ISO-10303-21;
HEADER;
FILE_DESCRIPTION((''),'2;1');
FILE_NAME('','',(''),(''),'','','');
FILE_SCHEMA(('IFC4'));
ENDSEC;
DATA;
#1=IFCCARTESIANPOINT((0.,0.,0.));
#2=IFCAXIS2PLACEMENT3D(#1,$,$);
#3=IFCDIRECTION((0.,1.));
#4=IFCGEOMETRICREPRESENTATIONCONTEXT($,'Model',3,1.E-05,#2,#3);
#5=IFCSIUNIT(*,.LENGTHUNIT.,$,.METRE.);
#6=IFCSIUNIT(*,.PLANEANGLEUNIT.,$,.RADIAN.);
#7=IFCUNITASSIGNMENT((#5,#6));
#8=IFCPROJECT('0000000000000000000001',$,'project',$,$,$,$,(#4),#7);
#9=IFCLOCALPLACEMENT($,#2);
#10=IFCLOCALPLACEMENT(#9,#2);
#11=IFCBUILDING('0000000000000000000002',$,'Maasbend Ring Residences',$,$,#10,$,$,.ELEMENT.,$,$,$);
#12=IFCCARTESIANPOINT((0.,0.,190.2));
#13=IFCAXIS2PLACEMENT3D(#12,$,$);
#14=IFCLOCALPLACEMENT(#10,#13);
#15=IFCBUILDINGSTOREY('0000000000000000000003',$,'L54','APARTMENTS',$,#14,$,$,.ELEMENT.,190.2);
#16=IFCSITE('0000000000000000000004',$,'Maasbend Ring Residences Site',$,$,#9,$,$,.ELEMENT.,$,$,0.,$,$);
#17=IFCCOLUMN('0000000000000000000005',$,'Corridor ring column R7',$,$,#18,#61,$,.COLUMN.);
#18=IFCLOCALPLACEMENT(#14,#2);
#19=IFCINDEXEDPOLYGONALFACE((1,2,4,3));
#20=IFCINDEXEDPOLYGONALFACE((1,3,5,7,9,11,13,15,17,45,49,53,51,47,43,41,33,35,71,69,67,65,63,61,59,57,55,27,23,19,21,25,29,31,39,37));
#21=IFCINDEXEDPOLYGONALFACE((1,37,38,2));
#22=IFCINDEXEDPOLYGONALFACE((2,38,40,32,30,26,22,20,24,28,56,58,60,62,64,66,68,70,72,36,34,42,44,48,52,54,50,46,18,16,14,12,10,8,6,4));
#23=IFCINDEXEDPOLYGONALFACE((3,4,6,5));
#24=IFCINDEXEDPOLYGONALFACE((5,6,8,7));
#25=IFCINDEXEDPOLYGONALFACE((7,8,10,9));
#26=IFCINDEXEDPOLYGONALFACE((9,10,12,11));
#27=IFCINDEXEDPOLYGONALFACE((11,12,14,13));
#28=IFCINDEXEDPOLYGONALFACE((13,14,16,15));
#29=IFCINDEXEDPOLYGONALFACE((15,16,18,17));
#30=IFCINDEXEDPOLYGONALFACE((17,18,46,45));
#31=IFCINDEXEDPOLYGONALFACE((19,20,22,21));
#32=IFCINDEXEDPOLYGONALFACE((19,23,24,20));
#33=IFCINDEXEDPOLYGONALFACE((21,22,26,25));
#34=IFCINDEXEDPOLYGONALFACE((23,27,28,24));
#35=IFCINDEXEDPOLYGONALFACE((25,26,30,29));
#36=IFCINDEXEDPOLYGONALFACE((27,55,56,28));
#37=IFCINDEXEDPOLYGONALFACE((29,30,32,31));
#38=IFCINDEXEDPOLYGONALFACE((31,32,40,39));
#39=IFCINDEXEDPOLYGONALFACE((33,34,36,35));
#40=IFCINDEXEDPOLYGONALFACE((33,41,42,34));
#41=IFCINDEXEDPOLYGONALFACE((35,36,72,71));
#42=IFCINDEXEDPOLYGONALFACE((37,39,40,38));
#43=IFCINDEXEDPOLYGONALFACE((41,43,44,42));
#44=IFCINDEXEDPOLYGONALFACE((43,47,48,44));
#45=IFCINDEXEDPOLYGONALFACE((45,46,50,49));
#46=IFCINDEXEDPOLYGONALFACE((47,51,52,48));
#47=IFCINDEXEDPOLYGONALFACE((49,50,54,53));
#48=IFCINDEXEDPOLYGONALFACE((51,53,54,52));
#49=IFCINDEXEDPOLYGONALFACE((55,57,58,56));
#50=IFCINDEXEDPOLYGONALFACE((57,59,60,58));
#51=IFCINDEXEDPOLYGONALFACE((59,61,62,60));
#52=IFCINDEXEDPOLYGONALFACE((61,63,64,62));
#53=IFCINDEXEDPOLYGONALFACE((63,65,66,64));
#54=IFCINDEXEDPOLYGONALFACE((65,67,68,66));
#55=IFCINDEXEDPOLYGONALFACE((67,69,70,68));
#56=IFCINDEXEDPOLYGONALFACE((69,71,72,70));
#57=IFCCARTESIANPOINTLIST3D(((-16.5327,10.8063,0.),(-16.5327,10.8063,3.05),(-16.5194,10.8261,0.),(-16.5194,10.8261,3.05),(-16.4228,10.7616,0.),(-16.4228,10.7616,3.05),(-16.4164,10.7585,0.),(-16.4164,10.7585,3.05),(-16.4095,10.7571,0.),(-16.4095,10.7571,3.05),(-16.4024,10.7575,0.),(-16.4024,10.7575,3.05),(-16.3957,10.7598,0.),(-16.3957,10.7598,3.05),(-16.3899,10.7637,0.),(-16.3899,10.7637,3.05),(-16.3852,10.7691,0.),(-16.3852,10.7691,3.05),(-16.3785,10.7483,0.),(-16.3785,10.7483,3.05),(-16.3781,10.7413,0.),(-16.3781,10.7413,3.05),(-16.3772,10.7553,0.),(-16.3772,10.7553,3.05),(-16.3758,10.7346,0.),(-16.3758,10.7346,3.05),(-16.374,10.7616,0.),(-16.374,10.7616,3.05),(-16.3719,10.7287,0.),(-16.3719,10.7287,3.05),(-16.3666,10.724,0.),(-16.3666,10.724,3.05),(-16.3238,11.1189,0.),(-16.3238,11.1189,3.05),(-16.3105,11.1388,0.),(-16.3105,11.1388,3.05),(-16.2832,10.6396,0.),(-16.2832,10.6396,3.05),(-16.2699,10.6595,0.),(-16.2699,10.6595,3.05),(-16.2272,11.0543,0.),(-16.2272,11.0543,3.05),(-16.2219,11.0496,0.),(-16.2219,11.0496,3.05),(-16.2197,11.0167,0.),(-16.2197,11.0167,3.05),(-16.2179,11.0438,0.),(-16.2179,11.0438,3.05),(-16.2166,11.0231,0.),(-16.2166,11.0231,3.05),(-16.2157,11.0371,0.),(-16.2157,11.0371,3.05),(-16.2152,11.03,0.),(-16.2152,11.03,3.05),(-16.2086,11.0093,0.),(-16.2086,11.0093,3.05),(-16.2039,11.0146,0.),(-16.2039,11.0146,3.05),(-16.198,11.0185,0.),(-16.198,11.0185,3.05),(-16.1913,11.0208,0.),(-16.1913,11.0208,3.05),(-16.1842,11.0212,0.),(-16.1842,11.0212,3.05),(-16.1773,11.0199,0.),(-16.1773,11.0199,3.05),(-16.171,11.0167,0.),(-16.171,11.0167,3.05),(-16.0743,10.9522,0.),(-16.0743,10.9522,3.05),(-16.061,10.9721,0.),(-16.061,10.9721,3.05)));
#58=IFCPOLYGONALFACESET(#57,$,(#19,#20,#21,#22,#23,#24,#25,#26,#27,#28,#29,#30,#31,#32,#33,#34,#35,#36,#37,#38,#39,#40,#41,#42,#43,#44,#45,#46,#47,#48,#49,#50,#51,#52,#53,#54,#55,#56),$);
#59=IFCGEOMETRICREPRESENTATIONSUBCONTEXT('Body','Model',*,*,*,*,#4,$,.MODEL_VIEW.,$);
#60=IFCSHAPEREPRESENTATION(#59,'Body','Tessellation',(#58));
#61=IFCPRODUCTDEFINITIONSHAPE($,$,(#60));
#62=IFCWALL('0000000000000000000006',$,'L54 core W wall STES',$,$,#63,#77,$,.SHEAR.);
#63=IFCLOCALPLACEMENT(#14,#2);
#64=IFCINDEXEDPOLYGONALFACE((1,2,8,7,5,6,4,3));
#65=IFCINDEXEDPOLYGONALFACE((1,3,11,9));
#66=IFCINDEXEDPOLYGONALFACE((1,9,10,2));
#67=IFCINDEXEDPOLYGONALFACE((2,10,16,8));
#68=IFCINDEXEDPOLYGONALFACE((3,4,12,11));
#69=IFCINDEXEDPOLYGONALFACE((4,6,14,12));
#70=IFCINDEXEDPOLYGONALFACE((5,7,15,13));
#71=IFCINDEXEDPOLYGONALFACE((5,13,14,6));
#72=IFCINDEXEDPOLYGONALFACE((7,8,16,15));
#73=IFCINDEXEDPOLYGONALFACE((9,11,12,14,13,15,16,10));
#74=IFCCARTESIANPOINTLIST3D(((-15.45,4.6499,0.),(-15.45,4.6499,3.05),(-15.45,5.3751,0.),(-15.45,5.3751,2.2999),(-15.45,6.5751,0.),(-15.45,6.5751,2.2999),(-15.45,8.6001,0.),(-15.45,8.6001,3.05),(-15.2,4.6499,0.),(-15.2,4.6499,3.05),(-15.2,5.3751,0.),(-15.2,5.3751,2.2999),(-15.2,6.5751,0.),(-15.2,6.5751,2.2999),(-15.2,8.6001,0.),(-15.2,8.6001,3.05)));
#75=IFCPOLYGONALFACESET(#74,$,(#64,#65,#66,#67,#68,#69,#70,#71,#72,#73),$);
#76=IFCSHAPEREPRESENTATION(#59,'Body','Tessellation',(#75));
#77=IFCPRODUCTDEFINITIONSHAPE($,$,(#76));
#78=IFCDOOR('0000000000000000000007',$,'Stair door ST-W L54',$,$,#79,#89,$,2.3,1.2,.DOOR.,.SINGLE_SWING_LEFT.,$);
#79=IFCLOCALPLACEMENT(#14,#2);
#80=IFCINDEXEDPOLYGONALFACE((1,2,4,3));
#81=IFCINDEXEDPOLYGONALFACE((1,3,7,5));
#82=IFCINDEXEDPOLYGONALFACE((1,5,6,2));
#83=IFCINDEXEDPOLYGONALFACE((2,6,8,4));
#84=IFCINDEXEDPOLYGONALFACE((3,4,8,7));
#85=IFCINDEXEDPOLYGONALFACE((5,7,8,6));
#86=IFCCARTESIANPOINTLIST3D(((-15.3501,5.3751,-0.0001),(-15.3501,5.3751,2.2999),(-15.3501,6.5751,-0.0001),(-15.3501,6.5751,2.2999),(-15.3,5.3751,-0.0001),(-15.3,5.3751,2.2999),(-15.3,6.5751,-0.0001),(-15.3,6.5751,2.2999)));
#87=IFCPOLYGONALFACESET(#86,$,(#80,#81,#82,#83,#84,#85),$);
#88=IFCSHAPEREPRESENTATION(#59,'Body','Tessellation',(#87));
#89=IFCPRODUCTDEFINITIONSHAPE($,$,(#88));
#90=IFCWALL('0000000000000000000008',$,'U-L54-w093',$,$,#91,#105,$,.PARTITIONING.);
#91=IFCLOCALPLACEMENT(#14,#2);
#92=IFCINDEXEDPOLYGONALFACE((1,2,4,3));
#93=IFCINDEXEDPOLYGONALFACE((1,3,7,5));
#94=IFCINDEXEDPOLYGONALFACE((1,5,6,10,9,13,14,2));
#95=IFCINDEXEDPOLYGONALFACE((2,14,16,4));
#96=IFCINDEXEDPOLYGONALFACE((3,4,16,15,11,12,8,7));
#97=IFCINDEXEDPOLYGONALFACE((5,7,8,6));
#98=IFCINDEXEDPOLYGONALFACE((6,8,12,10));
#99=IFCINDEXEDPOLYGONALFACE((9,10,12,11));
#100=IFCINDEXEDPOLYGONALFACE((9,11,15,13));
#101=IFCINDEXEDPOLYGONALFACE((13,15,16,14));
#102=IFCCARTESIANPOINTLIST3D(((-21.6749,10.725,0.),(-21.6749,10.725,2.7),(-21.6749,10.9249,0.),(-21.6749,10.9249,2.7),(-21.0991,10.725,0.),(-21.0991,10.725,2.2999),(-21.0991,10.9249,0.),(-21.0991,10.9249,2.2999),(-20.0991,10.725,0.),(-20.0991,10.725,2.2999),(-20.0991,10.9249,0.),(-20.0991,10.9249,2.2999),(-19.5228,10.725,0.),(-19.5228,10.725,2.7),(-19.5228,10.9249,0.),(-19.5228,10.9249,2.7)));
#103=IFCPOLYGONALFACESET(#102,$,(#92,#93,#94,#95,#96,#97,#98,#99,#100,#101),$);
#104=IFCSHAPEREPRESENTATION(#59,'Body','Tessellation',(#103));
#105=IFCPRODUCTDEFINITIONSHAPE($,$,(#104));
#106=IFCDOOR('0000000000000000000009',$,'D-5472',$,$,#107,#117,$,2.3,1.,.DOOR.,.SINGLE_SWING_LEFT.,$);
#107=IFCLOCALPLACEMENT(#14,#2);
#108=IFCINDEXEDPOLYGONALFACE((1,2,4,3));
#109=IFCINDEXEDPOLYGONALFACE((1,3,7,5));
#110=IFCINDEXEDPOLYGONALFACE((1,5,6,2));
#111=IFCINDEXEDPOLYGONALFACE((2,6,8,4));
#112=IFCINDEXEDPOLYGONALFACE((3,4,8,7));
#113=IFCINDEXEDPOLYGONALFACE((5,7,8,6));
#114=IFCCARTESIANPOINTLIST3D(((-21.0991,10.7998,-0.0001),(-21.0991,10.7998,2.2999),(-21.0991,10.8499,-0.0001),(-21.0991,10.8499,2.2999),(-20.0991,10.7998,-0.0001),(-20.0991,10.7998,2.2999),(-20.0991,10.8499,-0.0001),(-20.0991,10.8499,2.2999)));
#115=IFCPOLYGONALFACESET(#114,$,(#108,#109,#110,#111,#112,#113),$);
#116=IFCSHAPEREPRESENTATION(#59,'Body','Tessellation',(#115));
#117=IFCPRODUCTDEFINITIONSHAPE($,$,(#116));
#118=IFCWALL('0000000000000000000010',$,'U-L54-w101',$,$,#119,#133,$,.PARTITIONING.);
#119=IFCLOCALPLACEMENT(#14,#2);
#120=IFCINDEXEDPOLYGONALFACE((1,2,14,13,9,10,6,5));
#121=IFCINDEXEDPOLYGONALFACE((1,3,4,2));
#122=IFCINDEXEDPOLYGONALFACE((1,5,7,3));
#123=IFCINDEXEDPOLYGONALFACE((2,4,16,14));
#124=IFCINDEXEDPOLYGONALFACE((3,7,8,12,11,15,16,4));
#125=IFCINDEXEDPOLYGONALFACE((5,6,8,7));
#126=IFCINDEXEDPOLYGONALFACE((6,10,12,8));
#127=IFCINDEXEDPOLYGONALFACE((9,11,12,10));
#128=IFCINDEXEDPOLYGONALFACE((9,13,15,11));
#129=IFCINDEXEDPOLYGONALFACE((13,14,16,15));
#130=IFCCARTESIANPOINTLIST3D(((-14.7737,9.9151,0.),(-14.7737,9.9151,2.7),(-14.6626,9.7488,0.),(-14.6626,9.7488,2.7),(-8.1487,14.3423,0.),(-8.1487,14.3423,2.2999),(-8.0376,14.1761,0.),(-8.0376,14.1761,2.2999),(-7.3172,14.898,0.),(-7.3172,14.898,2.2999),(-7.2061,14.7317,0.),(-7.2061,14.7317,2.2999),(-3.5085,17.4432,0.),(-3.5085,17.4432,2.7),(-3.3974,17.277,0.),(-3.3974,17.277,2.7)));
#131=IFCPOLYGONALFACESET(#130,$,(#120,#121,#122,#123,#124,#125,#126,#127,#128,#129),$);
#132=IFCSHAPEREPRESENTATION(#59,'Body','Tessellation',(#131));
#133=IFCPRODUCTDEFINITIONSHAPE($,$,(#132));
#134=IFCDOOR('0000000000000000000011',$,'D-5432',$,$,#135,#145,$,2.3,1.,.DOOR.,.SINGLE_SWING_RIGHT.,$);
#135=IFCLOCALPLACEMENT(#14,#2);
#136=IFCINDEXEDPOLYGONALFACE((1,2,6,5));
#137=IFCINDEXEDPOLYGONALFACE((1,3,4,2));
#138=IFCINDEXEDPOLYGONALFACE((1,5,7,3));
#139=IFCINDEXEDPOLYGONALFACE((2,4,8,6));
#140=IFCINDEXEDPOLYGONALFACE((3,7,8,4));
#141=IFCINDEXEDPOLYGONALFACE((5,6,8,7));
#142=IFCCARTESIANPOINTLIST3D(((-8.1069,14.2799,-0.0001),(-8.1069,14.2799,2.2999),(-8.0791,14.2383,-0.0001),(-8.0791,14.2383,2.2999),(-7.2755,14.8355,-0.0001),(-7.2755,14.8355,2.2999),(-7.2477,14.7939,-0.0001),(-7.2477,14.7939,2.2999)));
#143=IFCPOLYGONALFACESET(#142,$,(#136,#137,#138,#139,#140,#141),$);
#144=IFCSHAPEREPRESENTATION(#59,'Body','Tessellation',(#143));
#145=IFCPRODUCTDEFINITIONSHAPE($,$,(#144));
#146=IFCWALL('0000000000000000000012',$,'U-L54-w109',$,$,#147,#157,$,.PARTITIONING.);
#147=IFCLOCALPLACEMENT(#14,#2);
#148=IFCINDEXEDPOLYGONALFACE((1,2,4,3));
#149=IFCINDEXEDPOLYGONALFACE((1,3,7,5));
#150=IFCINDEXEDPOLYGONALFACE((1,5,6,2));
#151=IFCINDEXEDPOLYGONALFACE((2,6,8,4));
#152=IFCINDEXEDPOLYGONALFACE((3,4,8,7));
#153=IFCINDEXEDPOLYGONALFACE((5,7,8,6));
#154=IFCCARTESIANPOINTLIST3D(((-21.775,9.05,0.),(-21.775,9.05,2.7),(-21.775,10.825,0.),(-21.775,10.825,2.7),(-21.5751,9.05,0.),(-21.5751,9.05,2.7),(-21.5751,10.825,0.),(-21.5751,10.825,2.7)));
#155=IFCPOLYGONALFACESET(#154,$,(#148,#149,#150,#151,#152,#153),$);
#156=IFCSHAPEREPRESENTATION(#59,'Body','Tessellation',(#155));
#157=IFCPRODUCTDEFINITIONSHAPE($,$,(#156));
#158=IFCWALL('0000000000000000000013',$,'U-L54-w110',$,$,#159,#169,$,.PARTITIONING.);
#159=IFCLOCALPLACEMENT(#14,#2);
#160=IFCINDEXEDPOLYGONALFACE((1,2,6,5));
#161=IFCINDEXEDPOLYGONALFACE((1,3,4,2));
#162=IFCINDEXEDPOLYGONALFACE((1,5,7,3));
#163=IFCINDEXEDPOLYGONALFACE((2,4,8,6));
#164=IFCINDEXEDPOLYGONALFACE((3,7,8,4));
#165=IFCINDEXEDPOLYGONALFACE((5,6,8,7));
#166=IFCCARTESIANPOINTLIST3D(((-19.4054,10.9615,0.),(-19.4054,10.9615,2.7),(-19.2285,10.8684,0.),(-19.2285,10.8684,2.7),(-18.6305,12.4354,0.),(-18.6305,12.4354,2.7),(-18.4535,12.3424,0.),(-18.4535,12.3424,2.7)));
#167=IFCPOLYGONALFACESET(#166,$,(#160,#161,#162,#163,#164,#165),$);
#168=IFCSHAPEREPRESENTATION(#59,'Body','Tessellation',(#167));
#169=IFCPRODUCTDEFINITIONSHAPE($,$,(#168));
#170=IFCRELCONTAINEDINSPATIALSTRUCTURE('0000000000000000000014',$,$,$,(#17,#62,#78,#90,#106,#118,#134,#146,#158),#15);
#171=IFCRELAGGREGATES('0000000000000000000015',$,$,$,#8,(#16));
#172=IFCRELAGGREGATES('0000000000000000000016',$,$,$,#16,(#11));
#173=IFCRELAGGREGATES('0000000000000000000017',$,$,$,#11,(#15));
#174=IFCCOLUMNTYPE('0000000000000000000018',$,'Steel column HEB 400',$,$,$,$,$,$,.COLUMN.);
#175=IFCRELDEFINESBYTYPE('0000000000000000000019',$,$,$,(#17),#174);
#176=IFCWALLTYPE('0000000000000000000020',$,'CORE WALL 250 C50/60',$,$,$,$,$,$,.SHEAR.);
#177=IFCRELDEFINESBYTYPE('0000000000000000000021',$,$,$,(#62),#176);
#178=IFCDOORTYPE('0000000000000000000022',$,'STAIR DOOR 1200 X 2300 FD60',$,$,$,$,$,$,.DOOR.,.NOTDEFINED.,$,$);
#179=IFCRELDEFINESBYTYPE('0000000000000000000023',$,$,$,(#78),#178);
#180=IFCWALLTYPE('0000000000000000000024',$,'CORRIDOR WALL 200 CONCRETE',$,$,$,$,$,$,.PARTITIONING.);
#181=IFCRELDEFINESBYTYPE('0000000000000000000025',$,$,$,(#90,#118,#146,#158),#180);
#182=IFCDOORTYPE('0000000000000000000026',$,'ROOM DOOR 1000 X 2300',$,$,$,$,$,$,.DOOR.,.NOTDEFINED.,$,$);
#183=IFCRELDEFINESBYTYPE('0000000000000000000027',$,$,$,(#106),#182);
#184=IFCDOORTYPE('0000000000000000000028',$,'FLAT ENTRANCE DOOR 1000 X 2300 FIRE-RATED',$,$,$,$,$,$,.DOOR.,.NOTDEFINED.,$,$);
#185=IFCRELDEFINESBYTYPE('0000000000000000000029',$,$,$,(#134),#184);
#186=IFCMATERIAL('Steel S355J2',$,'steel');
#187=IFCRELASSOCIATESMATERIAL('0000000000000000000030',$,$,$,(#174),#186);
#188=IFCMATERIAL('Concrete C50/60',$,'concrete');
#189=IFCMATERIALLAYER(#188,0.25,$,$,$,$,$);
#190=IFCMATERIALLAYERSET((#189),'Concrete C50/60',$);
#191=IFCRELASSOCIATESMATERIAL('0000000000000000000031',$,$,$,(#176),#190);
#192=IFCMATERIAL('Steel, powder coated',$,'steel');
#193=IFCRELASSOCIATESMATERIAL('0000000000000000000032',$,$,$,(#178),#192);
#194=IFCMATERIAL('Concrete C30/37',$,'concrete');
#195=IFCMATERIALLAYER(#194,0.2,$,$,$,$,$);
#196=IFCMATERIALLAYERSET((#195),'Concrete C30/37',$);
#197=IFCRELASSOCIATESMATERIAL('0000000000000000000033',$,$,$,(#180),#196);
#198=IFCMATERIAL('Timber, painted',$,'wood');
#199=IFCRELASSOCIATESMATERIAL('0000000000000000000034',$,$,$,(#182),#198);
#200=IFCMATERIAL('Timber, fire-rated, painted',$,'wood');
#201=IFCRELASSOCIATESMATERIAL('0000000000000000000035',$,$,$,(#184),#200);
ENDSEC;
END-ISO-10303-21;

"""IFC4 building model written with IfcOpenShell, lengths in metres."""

from ifc_helpers import new_model, si_unit, direction, frame, frame_2d, origin, origin_2d, place, context, subcontext, project, spatial, rectangle, i_section, extrude, material, layer, layer_set, material_profile, profile_set, type_object, element, fill, save


model = new_model("IFC4")

# Units and contexts
model_context = context("Model", 3, precision=1e-05, world=origin(), true_north=direction((0.0, 1.0)))
body_context = subcontext(model_context, "Body", "Model", "MODEL_VIEW")
ifc_project = project(units=[si_unit("LENGTHUNIT", "METRE"), si_unit("PLANEANGLEUNIT", "RADIAN")], contexts=[model_context])

# Site, building, storey
site_placement = place(None, origin())
site = spatial("IfcSite", under=ifc_project, at=site_placement, Name="Maasbend Ring Residences Site", CompositionType="ELEMENT", RefElevation=0.0)
building_placement = place(site_placement, origin())
building = spatial("IfcBuilding", under=site, at=building_placement, Name="Maasbend Ring Residences", CompositionType="ELEMENT")
storey_placement = place(building_placement, frame((0.0, 0.0, 190.2)))
storey = spatial("IfcBuildingStorey", under=building, at=storey_placement, Name="L54", Description="APARTMENTS", CompositionType="ELEMENT", Elevation=190.2)

# Column
ifc_material_1 = material(Name="Steel S355J2", Category="steel")
ifc_material_profile = material_profile(ifc_material_1, i_section(OverallWidth=0.3, OverallDepth=0.3999, WebThickness=0.0134, FlangeThickness=0.0239, FilletRadius=0.0271, at=origin_2d()), Name="HEB 400")
ifc_profile_set = profile_set([ifc_material_profile], Name="Steel S355J2")
column_type = type_object("IfcColumnType", Name="Steel column HEB 400", PredefinedType="COLUMN", material=ifc_profile_set)
column_placement = place(storey_placement, frame((-16.2969, 10.8892, 0.0), z_axis=(0.0, 0.0, 1.0), x_axis=(-0.83147, 0.55557, 0.0)))
element("IfcColumn", 1, at=column_placement, inside=storey, type_object=column_type, Name="Corridor ring column R7", PredefinedType="COLUMN", context=body_context, shape_type="SweptSolid", body=[
    extrude(i_section(OverallWidth=0.3, OverallDepth=0.3999, WebThickness=0.0134, FlangeThickness=0.0239, FilletRadius=0.0271, at=origin_2d()), origin(), (0.0, 0.0, 1.0), 3.05),
])

# Walls, openings, doors
ifc_material_2 = material(Name="Concrete C50/60", Category="concrete")
ifc_layer_1 = layer(ifc_material_2, 0.25)
ifc_layer_set_1 = layer_set([ifc_layer_1], Name="Concrete C50/60")
wall_type_1 = type_object("IfcWallType", Name="CORE WALL 250 C50/60", PredefinedType="SHEAR", material=ifc_layer_set_1)
wall_1_placement = place(storey_placement, frame((-15.325, 8.6001, 0.0), z_axis=(0.0, 0.0, 1.0), x_axis=(0.0, -1.0, 0.0)))
wall_1 = element("IfcWall", 2, at=wall_1_placement, inside=storey, type_object=wall_type_1, Name="L54 core W wall STES", PredefinedType="SHEAR", context=body_context, shape_type="SweptSolid", body=[
    extrude(rectangle(XDim=3.9502, YDim=0.25, at=frame_2d((1.9751, 0.0))), origin(), (0.0, 0.0, 1.0), 3.05),
])
opening_1_placement = place(wall_1_placement, frame((2.0249, 0.0, 0.0)))
opening_1 = element("IfcOpeningElement", 3, at=opening_1_placement, cuts=wall_1, PredefinedType="OPENING", context=body_context, shape_type="SweptSolid", body=[
    extrude(rectangle(XDim=1.2, YDim=2.3, at=frame_2d((0.6001, 1.1499))), frame((0.0, 0.135, 0.0), z_axis=(0.0, -1.0, 0.0), x_axis=(1.0, 0.0, 0.0)), (0.0, 0.0, 1.0), 0.27),
])
ifc_material_3 = material(Name="Steel, powder coated", Category="steel")
door_type_1 = type_object("IfcDoorType", Name="STAIR DOOR 1200 X 2300 FD60", OperationType="NOTDEFINED", PredefinedType="DOOR", material=ifc_material_3)
door_1_placement = place(opening_1_placement, origin())
door_1 = element("IfcDoor", 4, at=door_1_placement, inside=storey, type_object=door_type_1, Name="Stair door ST-W L54", OperationType="SINGLE_SWING_LEFT", OverallHeight=2.3, OverallWidth=1.2, PredefinedType="DOOR", context=body_context, shape_type="SweptSolid", body=[
    extrude(rectangle(XDim=1.2, YDim=2.3, at=frame_2d((0.6001, 1.1499))), frame((0.0, 0.0249, 0.0), z_axis=(0.0, -1.0, 0.0), x_axis=(1.0, 0.0, 0.0)), (0.0, 0.0, 1.0), 0.05),
])
fill(opening_1, door_1)
ifc_material_4 = material(Name="Concrete C30/37", Category="concrete")
ifc_layer_2 = layer(ifc_material_4, 0.2)
ifc_layer_set_2 = layer_set([ifc_layer_2], Name="Concrete C30/37")
wall_type_2 = type_object("IfcWallType", Name="CORRIDOR WALL 200 CONCRETE", PredefinedType="PARTITIONING", material=ifc_layer_set_2)
wall_2_placement = place(storey_placement, frame((-21.675, 10.825, 0.0), z_axis=(0.0, 0.0, 1.0), x_axis=(1.0, 0.0, 0.0)))
wall_2 = element("IfcWall", 5, at=wall_2_placement, inside=storey, type_object=wall_type_2, Name="U-L54-w093", PredefinedType="PARTITIONING", context=body_context, shape_type="SweptSolid", body=[
    extrude(rectangle(XDim=2.1521, YDim=0.2, at=frame_2d((1.0762, 0.0))), origin(), (0.0, 0.0, 1.0), 2.7),
])
opening_2_placement = place(wall_2_placement, frame((0.5759, 0.0, 0.0)))
opening_2 = element("IfcOpeningElement", 6, at=opening_2_placement, cuts=wall_2, PredefinedType="OPENING", context=body_context, shape_type="SweptSolid", body=[
    extrude(rectangle(XDim=1.0, YDim=2.3, at=frame_2d((0.5, 1.1499))), frame((0.0, 0.1099, 0.0), z_axis=(0.0, -1.0, 0.0), x_axis=(1.0, 0.0, 0.0)), (0.0, 0.0, 1.0), 0.22),
])
ifc_material_5 = material(Name="Timber, painted", Category="wood")
door_type_2 = type_object("IfcDoorType", Name="ROOM DOOR 1000 X 2300", OperationType="NOTDEFINED", PredefinedType="DOOR", material=ifc_material_5)
door_2_placement = place(opening_2_placement, origin())
door_2 = element("IfcDoor", 7, at=door_2_placement, inside=storey, type_object=door_type_2, Name="D-5472", OperationType="SINGLE_SWING_LEFT", OverallHeight=2.3, OverallWidth=1.0, PredefinedType="DOOR", context=body_context, shape_type="SweptSolid", body=[
    extrude(rectangle(XDim=1.0, YDim=2.3, at=frame_2d((0.5, 1.1499))), frame((0.0, 0.0249, 0.0), z_axis=(0.0, -1.0, 0.0), x_axis=(1.0, 0.0, 0.0)), (0.0, 0.0, 1.0), 0.05),
])
fill(opening_2, door_2)
wall_3_placement = place(storey_placement, frame((-14.718, 9.832, 0.0), z_axis=(0.0, 0.0, 1.0), x_axis=(0.831437, 0.555619, 0.0)))
wall_3 = element("IfcWall", 8, at=wall_3_placement, inside=storey, type_object=wall_type_2, Name="U-L54-w101", PredefinedType="PARTITIONING", context=body_context, shape_type="SweptSolid", body=[
    extrude(rectangle(XDim=13.5491, YDim=0.2, at=frame_2d((6.7744, 0.0))), origin(), (0.0, 0.0, 1.0), 2.7),
])
opening_3_placement = place(wall_3_placement, frame((7.968, 0.0, 0.0)))
opening_3 = element("IfcOpeningElement", 9, at=opening_3_placement, cuts=wall_3, PredefinedType="OPENING", context=body_context, shape_type="SweptSolid", body=[
    extrude(rectangle(XDim=1.0, YDim=2.3, at=frame_2d((0.5, 1.1499))), frame((0.0, 0.1099, 0.0), z_axis=(0.0, -1.0, 0.0), x_axis=(1.0, 0.0, 0.0)), (0.0, 0.0, 1.0), 0.22),
])
ifc_material_6 = material(Name="Timber, fire-rated, painted", Category="wood")
door_type_3 = type_object("IfcDoorType", Name="FLAT ENTRANCE DOOR 1000 X 2300 FIRE-RATED", OperationType="NOTDEFINED", PredefinedType="DOOR", material=ifc_material_6)
door_3_placement = place(opening_3_placement, origin())
door_3 = element("IfcDoor", 10, at=door_3_placement, inside=storey, type_object=door_type_3, Name="D-5432", OperationType="SINGLE_SWING_RIGHT", OverallHeight=2.3, OverallWidth=1.0, PredefinedType="DOOR", context=body_context, shape_type="SweptSolid", body=[
    extrude(rectangle(XDim=1.0, YDim=2.3, at=frame_2d((0.5, 1.1499))), frame((0.0, 0.0249, 0.0), z_axis=(0.0, -1.0, 0.0), x_axis=(1.0, 0.0, 0.0)), (0.0, 0.0, 1.0), 0.05),
])
fill(opening_3, door_3)

# Walls
wall_4_placement = place(storey_placement, frame((-21.675, 9.05, 0.0), z_axis=(0.0, 0.0, 1.0), x_axis=(0.0, 1.0, 0.0)))
element("IfcWall", 11, at=wall_4_placement, inside=storey, type_object=wall_type_2, Name="U-L54-w109", PredefinedType="PARTITIONING", context=body_context, shape_type="SweptSolid", body=[
    extrude(rectangle(XDim=1.7749, YDim=0.2, at=frame_2d((0.8875, 0.0))), origin(), (0.0, 0.0, 1.0), 2.7),
])
wall_5_placement = place(storey_placement, frame((-19.3169, 10.915, 0.0), z_axis=(0.0, 0.0, 1.0), x_axis=(0.46536, 0.885122, 0.0)))
element("IfcWall", 12, at=wall_5_placement, inside=storey, type_object=wall_type_2, Name="U-L54-w110", PredefinedType="PARTITIONING", context=body_context, shape_type="SweptSolid", body=[
    extrude(rectangle(XDim=1.6653, YDim=0.2, at=frame_2d((0.8325, 0.0))), origin(), (0.0, 0.0, 1.0), 2.7),
])

save(model, "model.ifc")
